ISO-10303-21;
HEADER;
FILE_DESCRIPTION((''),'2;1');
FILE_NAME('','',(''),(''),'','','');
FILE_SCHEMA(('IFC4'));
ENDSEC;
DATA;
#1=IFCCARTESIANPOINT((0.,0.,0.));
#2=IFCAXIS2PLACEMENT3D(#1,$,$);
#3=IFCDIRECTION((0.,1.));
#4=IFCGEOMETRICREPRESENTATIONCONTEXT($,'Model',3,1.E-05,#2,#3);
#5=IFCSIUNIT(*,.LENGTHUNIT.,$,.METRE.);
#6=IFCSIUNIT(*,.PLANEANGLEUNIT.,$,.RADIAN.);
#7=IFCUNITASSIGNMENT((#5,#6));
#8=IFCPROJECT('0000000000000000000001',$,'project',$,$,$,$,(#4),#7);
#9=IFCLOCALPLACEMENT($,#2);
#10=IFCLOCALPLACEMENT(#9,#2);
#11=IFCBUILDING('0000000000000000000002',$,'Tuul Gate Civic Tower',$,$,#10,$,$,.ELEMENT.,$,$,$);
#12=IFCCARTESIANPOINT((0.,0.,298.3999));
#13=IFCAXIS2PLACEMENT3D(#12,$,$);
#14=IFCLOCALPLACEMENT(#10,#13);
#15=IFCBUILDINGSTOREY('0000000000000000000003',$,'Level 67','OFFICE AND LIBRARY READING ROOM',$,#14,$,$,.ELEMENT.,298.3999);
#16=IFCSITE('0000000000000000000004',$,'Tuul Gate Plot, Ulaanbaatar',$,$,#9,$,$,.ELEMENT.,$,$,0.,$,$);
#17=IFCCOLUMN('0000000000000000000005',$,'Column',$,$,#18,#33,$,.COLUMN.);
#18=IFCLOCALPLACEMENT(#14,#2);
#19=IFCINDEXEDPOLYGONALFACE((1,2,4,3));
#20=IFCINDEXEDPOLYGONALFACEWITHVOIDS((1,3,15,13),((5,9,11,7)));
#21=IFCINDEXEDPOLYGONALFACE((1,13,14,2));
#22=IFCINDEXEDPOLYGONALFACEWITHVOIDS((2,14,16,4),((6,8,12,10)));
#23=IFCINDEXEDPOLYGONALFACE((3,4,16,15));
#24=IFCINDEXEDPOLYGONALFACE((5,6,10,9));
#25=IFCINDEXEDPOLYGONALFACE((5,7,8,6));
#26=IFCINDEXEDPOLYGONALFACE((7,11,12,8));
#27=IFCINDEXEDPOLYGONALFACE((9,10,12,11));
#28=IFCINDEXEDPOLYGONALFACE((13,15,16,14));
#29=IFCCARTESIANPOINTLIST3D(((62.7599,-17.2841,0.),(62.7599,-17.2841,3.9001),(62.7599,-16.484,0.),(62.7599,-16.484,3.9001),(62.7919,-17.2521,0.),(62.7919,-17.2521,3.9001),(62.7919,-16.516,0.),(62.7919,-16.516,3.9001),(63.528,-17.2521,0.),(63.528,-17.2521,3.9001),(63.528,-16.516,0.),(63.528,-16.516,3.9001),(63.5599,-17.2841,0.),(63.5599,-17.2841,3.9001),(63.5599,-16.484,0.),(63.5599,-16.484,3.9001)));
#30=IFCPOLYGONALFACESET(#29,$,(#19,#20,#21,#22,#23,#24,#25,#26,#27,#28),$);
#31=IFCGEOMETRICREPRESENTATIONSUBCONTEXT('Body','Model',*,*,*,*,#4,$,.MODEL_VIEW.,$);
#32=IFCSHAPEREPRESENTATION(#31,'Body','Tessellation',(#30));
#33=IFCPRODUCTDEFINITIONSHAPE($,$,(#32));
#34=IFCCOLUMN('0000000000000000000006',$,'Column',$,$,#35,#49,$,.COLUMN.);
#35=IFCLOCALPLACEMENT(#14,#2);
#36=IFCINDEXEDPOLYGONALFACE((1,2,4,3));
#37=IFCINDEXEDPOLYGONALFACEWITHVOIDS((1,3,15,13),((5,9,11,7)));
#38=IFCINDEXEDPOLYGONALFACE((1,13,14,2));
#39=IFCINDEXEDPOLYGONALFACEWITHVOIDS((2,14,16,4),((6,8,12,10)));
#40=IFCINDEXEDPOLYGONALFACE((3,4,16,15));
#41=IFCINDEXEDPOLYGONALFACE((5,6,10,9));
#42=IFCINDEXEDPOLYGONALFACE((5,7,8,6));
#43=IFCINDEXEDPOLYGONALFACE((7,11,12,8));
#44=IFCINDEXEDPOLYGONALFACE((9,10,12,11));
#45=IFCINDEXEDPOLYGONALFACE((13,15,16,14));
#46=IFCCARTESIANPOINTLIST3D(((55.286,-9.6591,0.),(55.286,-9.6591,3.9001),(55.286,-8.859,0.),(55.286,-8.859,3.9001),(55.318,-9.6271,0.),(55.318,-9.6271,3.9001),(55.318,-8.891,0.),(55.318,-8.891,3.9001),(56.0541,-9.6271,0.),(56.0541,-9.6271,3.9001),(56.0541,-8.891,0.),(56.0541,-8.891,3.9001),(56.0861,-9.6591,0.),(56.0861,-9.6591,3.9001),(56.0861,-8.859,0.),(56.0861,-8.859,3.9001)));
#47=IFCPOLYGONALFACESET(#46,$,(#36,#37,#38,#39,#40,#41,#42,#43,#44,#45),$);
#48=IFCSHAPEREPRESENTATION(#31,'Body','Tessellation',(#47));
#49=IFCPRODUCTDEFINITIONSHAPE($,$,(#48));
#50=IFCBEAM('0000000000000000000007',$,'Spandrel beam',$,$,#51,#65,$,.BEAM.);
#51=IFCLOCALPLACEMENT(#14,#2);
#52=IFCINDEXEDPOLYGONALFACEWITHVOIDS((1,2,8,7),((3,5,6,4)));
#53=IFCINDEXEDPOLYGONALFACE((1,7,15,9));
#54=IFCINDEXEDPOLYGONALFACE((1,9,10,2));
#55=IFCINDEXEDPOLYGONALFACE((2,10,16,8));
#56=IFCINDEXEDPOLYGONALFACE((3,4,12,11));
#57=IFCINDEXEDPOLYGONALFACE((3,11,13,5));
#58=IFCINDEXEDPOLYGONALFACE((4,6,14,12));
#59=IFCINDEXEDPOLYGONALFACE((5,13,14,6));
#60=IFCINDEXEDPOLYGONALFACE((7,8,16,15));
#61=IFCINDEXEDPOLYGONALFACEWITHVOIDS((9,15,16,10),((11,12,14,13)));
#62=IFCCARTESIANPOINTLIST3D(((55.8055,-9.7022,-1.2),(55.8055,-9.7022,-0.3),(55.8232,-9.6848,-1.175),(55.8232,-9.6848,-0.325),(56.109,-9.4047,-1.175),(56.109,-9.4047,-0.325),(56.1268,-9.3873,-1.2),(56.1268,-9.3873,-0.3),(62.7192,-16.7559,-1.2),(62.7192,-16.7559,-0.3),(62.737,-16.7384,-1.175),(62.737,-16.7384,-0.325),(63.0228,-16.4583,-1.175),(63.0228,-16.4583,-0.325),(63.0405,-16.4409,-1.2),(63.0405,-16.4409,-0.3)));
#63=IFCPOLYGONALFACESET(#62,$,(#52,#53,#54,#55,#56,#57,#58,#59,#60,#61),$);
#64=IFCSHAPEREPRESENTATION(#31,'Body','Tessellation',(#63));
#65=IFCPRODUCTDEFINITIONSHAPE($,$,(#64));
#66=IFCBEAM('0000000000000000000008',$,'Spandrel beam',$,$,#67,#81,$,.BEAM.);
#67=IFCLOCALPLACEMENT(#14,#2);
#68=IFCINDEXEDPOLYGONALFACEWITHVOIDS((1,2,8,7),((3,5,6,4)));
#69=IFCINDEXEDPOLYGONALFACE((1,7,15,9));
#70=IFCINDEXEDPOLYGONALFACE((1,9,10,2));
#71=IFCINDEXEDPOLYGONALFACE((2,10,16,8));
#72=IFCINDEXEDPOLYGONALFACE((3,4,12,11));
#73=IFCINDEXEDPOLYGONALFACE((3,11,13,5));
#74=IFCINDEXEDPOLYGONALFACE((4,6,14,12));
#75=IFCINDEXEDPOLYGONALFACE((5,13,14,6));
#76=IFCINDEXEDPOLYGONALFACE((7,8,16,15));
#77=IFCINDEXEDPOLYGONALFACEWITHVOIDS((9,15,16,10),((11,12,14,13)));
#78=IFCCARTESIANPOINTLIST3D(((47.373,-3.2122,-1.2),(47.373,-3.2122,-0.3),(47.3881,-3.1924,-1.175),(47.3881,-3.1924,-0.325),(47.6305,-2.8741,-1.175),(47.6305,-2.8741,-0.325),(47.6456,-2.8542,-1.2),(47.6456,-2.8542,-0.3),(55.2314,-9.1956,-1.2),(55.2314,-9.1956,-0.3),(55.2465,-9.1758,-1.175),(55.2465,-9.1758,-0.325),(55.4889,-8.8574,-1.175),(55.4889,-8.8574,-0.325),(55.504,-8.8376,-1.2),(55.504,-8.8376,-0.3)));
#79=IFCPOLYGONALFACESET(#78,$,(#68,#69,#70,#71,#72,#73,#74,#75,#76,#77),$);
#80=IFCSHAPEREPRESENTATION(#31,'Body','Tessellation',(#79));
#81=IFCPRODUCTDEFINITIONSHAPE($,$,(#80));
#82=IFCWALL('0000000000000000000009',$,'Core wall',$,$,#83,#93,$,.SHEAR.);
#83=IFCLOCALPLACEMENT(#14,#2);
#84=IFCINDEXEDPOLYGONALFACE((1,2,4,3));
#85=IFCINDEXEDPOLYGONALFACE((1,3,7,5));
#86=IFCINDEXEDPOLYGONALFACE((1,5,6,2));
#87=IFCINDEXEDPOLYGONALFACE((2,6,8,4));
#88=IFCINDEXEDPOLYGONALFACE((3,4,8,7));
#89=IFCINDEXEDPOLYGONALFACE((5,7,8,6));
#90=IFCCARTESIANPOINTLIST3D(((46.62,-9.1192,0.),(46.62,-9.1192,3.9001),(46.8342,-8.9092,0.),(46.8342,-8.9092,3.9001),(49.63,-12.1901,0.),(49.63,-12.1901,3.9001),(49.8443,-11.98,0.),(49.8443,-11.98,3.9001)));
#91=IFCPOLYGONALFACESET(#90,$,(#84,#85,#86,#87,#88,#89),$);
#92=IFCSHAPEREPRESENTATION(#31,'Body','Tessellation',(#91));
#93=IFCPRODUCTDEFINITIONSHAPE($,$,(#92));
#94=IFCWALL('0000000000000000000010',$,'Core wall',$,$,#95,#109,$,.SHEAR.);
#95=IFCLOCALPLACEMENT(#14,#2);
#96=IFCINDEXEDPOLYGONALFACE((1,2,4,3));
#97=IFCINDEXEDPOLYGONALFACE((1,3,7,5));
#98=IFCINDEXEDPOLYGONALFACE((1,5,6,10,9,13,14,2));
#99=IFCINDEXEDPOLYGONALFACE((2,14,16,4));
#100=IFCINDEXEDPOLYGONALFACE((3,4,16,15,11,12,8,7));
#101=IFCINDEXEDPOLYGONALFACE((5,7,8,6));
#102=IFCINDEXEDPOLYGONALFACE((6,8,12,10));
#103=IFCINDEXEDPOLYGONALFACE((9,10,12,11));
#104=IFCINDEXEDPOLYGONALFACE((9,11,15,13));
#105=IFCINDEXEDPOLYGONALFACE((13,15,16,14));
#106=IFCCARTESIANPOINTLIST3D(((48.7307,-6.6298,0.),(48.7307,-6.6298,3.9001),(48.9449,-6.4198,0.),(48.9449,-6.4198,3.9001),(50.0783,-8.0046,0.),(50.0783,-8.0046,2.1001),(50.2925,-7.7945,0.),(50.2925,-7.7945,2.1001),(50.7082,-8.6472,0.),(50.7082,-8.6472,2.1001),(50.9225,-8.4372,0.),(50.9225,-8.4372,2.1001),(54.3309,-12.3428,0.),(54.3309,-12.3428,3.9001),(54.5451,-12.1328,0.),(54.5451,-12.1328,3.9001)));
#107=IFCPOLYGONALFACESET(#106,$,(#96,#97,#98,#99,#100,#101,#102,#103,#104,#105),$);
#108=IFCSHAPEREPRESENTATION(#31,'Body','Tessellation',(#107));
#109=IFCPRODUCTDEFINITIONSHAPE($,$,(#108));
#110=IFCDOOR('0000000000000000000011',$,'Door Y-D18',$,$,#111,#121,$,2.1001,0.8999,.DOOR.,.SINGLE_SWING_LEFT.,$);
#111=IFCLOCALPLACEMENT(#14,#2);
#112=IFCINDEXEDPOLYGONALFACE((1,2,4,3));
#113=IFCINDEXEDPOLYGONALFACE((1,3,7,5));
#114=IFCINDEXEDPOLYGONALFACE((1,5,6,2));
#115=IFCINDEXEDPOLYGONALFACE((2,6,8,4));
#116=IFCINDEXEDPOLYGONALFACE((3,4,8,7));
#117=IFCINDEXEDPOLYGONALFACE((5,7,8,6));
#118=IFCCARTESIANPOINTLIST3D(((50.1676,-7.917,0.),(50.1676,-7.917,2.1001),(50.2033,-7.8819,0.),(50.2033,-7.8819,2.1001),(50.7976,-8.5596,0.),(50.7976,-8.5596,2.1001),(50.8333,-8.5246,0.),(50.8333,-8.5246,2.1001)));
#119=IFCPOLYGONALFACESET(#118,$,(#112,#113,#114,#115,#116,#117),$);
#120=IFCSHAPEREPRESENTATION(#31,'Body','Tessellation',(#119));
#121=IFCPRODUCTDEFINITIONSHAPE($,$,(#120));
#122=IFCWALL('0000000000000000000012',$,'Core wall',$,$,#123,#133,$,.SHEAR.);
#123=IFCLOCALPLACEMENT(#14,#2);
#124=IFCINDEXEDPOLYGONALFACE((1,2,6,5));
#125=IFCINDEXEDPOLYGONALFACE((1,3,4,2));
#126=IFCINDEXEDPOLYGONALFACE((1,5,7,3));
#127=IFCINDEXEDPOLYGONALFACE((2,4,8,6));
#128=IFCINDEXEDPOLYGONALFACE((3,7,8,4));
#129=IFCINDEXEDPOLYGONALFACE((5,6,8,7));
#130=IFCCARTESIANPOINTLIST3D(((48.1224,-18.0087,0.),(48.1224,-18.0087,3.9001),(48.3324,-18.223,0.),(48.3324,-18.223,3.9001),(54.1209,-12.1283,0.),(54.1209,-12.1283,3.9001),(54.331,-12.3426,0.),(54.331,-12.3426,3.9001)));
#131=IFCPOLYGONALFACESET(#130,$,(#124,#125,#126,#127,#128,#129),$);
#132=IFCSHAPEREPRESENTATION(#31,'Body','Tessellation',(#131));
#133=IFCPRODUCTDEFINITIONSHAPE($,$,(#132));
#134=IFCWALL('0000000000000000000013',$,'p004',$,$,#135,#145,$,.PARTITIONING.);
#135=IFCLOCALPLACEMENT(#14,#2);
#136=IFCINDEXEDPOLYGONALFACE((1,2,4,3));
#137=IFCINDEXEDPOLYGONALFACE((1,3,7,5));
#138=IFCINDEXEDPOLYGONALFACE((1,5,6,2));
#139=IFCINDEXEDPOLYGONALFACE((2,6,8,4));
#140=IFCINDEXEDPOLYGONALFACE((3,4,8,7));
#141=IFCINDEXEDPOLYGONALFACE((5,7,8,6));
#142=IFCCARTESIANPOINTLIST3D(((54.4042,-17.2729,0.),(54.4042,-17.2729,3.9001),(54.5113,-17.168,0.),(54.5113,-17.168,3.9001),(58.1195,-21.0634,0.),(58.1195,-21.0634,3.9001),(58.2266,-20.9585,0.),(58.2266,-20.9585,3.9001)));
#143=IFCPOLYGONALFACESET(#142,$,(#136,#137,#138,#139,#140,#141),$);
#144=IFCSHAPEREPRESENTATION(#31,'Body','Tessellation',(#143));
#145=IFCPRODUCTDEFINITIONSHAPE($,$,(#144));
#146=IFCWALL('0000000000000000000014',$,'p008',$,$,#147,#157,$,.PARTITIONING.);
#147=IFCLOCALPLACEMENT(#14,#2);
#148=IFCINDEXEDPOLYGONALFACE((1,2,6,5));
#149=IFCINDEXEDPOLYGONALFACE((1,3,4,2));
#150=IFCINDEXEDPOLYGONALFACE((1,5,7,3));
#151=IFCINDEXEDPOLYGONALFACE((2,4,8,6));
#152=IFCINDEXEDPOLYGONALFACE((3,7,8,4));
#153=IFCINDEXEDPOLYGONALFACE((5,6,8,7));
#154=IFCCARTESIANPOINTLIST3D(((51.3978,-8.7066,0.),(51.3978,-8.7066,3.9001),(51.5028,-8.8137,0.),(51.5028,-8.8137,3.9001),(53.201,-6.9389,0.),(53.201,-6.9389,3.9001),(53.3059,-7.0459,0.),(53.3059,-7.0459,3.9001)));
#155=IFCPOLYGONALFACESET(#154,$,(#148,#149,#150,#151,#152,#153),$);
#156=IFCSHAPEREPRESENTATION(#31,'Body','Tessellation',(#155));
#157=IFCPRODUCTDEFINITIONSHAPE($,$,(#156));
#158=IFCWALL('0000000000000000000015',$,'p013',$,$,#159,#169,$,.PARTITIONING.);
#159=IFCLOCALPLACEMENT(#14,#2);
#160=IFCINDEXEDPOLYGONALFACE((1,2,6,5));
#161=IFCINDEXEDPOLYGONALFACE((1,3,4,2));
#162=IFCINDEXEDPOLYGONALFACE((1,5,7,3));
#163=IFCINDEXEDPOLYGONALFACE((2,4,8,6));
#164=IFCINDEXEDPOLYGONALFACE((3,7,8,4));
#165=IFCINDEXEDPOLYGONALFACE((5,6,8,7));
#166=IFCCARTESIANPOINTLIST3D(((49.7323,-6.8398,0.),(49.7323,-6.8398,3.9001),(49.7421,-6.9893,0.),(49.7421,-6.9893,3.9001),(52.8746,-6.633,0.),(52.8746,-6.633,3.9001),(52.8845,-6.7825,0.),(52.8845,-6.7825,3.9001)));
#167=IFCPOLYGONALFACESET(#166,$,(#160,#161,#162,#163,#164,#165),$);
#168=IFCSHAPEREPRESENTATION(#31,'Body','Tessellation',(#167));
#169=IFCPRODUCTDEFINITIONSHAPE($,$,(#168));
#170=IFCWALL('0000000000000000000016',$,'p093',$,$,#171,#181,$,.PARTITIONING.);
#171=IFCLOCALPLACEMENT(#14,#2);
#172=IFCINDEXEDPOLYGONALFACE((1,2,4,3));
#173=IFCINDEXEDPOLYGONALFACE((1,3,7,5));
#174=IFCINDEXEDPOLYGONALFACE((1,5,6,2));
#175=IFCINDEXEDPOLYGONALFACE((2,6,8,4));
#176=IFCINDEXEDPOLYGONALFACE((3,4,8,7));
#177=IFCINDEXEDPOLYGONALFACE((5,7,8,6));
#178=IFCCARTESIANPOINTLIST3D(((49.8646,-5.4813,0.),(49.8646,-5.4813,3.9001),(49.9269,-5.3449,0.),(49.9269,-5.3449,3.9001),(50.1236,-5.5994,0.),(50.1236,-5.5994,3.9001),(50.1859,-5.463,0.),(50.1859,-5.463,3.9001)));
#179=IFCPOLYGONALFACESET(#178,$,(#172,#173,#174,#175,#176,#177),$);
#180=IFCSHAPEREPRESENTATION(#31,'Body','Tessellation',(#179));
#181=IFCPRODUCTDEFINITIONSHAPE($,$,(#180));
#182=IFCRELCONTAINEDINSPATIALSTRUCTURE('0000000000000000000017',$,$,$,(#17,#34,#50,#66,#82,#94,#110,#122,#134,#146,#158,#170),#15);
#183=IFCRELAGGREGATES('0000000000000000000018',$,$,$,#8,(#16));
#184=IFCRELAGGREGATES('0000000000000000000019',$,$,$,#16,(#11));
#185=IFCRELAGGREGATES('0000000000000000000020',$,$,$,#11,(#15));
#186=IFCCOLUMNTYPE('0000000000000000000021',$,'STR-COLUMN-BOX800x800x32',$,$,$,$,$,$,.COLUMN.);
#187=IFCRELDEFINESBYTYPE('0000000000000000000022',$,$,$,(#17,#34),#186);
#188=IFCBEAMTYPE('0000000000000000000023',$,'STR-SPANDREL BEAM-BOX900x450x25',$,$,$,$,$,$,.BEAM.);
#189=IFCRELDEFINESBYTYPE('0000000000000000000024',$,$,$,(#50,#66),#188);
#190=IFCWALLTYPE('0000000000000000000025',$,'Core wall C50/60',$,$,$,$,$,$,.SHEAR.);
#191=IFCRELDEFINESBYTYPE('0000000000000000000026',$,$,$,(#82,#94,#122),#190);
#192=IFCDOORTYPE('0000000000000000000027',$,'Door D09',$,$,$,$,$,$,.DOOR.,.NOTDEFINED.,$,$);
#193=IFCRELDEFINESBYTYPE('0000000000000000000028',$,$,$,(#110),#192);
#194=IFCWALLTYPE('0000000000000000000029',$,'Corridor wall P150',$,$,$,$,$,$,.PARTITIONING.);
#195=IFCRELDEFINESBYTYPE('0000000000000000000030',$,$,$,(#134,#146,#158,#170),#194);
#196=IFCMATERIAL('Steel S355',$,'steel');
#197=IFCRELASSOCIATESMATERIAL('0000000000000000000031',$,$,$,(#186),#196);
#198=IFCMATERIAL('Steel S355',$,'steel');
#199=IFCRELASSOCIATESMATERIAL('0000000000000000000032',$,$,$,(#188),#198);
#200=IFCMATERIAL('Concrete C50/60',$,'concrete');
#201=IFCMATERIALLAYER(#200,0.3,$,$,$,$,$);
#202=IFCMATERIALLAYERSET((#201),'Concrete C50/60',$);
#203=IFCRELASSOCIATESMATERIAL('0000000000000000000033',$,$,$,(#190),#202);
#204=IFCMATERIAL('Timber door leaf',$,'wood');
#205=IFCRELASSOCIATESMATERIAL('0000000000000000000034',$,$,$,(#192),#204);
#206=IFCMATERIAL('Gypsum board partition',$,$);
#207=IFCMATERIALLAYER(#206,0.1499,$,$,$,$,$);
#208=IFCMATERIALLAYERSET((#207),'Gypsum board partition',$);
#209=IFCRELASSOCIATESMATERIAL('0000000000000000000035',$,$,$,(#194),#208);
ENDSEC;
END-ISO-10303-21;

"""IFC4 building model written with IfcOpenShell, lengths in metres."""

from ifc_helpers import new_model, si_unit, direction, frame, frame_2d, origin, origin_2d, place, context, subcontext, project, spatial, rectangle, hollow_rectangle, extrude, material, layer, layer_set, material_profile, profile_set, type_object, element, fill, save


model = new_model("IFC4")

# Units and contexts
model_context = context("Model", 3, precision=1e-05, world=origin(), true_north=direction((0.0, 1.0)))
body_context = subcontext(model_context, "Body", "Model", "MODEL_VIEW")
ifc_project = project(units=[si_unit("LENGTHUNIT", "METRE"), si_unit("PLANEANGLEUNIT", "RADIAN")], contexts=[model_context])

# Site, building, storey
site_placement = place(None, origin())
site = spatial("IfcSite", under=ifc_project, at=site_placement, Name="Tuul Gate Plot, Ulaanbaatar", CompositionType="ELEMENT", RefElevation=0.0)
building_placement = place(site_placement, origin())
building = spatial("IfcBuilding", under=site, at=building_placement, Name="Tuul Gate Civic Tower", CompositionType="ELEMENT")
storey_placement = place(building_placement, frame((0.0, 0.0, 298.3999)))
storey = spatial("IfcBuildingStorey", under=building, at=storey_placement, Name="Level 67", Description="OFFICE AND LIBRARY READING ROOM", CompositionType="ELEMENT", Elevation=298.3999)

# Columns
ifc_material_1 = material(Name="Steel S355", Category="steel")
ifc_material_profile_1 = material_profile(ifc_material_1, hollow_rectangle(XDim=0.8, YDim=0.8, WallThickness=0.032, at=origin_2d()), Name="BOX800x800x32")
ifc_profile_set_1 = profile_set([ifc_material_profile_1], Name="Steel S355")
column_type = type_object("IfcColumnType", Name="STR-COLUMN-BOX800x800x32", PredefinedType="COLUMN", material=ifc_profile_set_1)
for number, where, z_axis, x_axis, name in (
    (1, (63.1599, -16.884, 0.0), (0.0, 0.0, 1.0), (1.0, 0.0, 0.0), "Column"),
    (2, (55.686, -9.259, 0.0), (0.0, 0.0, 1.0), (1.0, 0.0, 0.0), "Column"),
):
    element("IfcColumn", number, at=place(storey_placement, frame(where, z_axis=z_axis, x_axis=x_axis)), inside=storey, type_object=column_type, Name=name, PredefinedType="COLUMN", context=body_context, shape_type="SweptSolid", body=[
        extrude(hollow_rectangle(XDim=0.8, YDim=0.8, WallThickness=0.032, at=origin_2d()), origin(), (0.0, 0.0, 1.0), 3.9001),
    ])

# Beams
ifc_material_2 = material(Name="Steel S355", Category="steel")
ifc_material_profile_2 = material_profile(ifc_material_2, hollow_rectangle(XDim=0.45, YDim=0.8999, WallThickness=0.0249, at=origin_2d()), Name="BOX900x450x25")
ifc_profile_set_2 = profile_set([ifc_material_profile_2], Name="Steel S355")
beam_type = type_object("IfcBeamType", Name="STR-SPANDREL BEAM-BOX900x450x25", PredefinedType="BEAM", material=ifc_profile_set_2)
for number, where, z_axis, x_axis, name in (
    (3, (62.8799, -16.5984, -0.75), (-0.69999, 0.714153, 0.0), (-0.714153, -0.69999, 0.0), "Spandrel beam"),
    (4, (55.3677, -9.0166, -0.75), (-0.795625, 0.60579, 0.0), (-0.60579, -0.795625, 0.0), "Spandrel beam"),
):
    element("IfcBeam", number, at=place(storey_placement, frame(where, z_axis=z_axis, x_axis=x_axis)), inside=storey, type_object=beam_type, Name=name, PredefinedType="BEAM", context=body_context, shape_type="SweptSolid", body=[
        extrude(hollow_rectangle(XDim=0.45, YDim=0.8999, WallThickness=0.0249, at=origin_2d()), origin(), (0.0, 0.0, 1.0), 9.877),
    ])

# Wall
ifc_material_3 = material(Name="Concrete C50/60", Category="concrete")
ifc_layer_1 = layer(ifc_material_3, 0.3)
ifc_layer_set_1 = layer_set([ifc_layer_1], Name="Concrete C50/60")
wall_type_1 = type_object("IfcWallType", Name="Core wall C50/60", PredefinedType="SHEAR", material=ifc_layer_set_1)
wall_1_placement = place(storey_placement, frame((49.7371, -12.085, 0.0), z_axis=(0.0, 0.0, 1.0), x_axis=(-0.700003, 0.71414, 0.0)))
element("IfcWall", 5, at=wall_1_placement, inside=storey, type_object=wall_type_1, Name="Core wall", PredefinedType="SHEAR", context=body_context, shape_type="SweptSolid", body=[
    extrude(rectangle(XDim=4.3, YDim=0.3, at=frame_2d((2.1499, 0.0))), origin(), (0.0, 0.0, 1.0), 3.9001),
])

# Wall, opening, door
wall_2_placement = place(storey_placement, frame((54.438, -12.2378, 0.0), z_axis=(0.0, 0.0, 1.0), x_axis=(-0.700022, 0.714121, 0.0)))
wall_2 = element("IfcWall", 6, at=wall_2_placement, inside=storey, type_object=wall_type_1, Name="Core wall", PredefinedType="SHEAR", context=body_context, shape_type="SweptSolid", body=[
    extrude(rectangle(XDim=8.0, YDim=0.3, at=frame_2d((4.0, 0.0))), origin(), (0.0, 0.0, 1.0), 3.9001),
])
opening_1_placement = place(wall_2_placement, frame((5.175, 0.0, 0.0)))
opening_1 = element("IfcOpeningElement", 7, at=opening_1_placement, cuts=wall_2, PredefinedType="OPENING", context=body_context, shape_type="SweptSolid", body=[
    extrude(rectangle(XDim=0.8999, YDim=2.1001, at=frame_2d((0.45, 1.05))), frame((0.0, 0.1602, 0.0), z_axis=(0.0, -1.0, 0.0), x_axis=(1.0, 0.0, 0.0)), (0.0, 0.0, 1.0), 0.3201),
])
ifc_material_4 = material(Name="Timber door leaf", Category="wood")
door_type = type_object("IfcDoorType", Name="Door D09", OperationType="NOTDEFINED", PredefinedType="DOOR", material=ifc_material_4)
door_placement = place(opening_1_placement, origin())
door = element("IfcDoor", 8, at=door_placement, inside=storey, type_object=door_type, Name="Door Y-D18", OperationType="SINGLE_SWING_LEFT", OverallHeight=2.1001, OverallWidth=0.8999, PredefinedType="DOOR", context=body_context, shape_type="SweptSolid", body=[
    extrude(rectangle(XDim=0.8999, YDim=2.1001, at=frame_2d((0.45, 1.05))), frame((0.0, 0.0249, 0.0), z_axis=(0.0, -1.0, 0.0), x_axis=(1.0, 0.0, 0.0)), (0.0, 0.0, 1.0), 0.05),
])
fill(opening_1, door)

# Walls
wall_3_placement = place(storey_placement, frame((48.2273, -18.116, 0.0), z_axis=(0.0, 0.0, 1.0), x_axis=(0.714105, 0.700038, 0.0)))
element("IfcWall", 9, at=wall_3_placement, inside=storey, type_object=wall_type_1, Name="Core wall", PredefinedType="SHEAR", context=body_context, shape_type="SweptSolid", body=[
    extrude(rectangle(XDim=8.4001, YDim=0.3, at=frame_2d((4.2002, 0.0))), origin(), (0.0, 0.0, 1.0), 3.9001),
])
ifc_material_5 = material(Name="Gypsum board partition")
ifc_layer_2 = layer(ifc_material_5, 0.1499)
ifc_layer_set_2 = layer_set([ifc_layer_2], Name="Gypsum board partition")
wall_type_2 = type_object("IfcWallType", Name="Corridor wall P150", PredefinedType="PARTITIONING", material=ifc_layer_set_2)
wall_4_placement = place(storey_placement, frame((54.4578, -17.2205, 0.0), z_axis=(0.0, 0.0, 1.0), x_axis=(0.699988, -0.714155, 0.0)))
element("IfcWall", 10, at=wall_4_placement, inside=storey, type_object=wall_type_2, Name="p004", PredefinedType="PARTITIONING", context=body_context, shape_type="SweptSolid", body=[
    extrude(rectangle(XDim=5.3076, YDim=0.1499, at=frame_2d((2.6538, 0.0))), origin(), (0.0, 0.0, 1.0), 3.9001),
])
wall_5_placement = place(storey_placement, frame((51.4502, -8.7603, 0.0), z_axis=(0.0, 0.0, 1.0), x_axis=(0.714081, 0.700063, 0.0)))
element("IfcWall", 11, at=wall_5_placement, inside=storey, type_object=wall_type_2, Name="p008", PredefinedType="PARTITIONING", context=body_context, shape_type="SweptSolid", body=[
    extrude(rectangle(XDim=2.5251, YDim=0.1499, at=frame_2d((1.2627, 0.0))), origin(), (0.0, 0.0, 1.0), 3.9001),
])
wall_6_placement = place(storey_placement, frame((49.7371, -6.9146, 0.0), z_axis=(0.0, 0.0, 1.0), x_axis=(0.997842, 0.065665, 0.0)))
element("IfcWall", 12, at=wall_6_placement, inside=storey, type_object=wall_type_2, Name="p013", PredefinedType="PARTITIONING", context=body_context, shape_type="SweptSolid", body=[
    extrude(rectangle(XDim=3.1492, YDim=0.1499, at=frame_2d((1.5747, 0.0))), origin(), (0.0, 0.0, 1.0), 3.9001),
])
wall_7_placement = place(storey_placement, frame((49.8958, -5.4131, 0.0), z_axis=(0.0, 0.0, 1.0), x_axis=(0.909808, -0.41503, 0.0)))
element("IfcWall", 13, at=wall_7_placement, inside=storey, type_object=wall_type_2, Name="p093", PredefinedType="PARTITIONING", context=body_context, shape_type="SweptSolid", body=[
    extrude(rectangle(XDim=0.2847, YDim=0.1499, at=frame_2d((0.1423, 0.0))), origin(), (0.0, 0.0, 1.0), 3.9001),
])

save(model, "model.ifc")
